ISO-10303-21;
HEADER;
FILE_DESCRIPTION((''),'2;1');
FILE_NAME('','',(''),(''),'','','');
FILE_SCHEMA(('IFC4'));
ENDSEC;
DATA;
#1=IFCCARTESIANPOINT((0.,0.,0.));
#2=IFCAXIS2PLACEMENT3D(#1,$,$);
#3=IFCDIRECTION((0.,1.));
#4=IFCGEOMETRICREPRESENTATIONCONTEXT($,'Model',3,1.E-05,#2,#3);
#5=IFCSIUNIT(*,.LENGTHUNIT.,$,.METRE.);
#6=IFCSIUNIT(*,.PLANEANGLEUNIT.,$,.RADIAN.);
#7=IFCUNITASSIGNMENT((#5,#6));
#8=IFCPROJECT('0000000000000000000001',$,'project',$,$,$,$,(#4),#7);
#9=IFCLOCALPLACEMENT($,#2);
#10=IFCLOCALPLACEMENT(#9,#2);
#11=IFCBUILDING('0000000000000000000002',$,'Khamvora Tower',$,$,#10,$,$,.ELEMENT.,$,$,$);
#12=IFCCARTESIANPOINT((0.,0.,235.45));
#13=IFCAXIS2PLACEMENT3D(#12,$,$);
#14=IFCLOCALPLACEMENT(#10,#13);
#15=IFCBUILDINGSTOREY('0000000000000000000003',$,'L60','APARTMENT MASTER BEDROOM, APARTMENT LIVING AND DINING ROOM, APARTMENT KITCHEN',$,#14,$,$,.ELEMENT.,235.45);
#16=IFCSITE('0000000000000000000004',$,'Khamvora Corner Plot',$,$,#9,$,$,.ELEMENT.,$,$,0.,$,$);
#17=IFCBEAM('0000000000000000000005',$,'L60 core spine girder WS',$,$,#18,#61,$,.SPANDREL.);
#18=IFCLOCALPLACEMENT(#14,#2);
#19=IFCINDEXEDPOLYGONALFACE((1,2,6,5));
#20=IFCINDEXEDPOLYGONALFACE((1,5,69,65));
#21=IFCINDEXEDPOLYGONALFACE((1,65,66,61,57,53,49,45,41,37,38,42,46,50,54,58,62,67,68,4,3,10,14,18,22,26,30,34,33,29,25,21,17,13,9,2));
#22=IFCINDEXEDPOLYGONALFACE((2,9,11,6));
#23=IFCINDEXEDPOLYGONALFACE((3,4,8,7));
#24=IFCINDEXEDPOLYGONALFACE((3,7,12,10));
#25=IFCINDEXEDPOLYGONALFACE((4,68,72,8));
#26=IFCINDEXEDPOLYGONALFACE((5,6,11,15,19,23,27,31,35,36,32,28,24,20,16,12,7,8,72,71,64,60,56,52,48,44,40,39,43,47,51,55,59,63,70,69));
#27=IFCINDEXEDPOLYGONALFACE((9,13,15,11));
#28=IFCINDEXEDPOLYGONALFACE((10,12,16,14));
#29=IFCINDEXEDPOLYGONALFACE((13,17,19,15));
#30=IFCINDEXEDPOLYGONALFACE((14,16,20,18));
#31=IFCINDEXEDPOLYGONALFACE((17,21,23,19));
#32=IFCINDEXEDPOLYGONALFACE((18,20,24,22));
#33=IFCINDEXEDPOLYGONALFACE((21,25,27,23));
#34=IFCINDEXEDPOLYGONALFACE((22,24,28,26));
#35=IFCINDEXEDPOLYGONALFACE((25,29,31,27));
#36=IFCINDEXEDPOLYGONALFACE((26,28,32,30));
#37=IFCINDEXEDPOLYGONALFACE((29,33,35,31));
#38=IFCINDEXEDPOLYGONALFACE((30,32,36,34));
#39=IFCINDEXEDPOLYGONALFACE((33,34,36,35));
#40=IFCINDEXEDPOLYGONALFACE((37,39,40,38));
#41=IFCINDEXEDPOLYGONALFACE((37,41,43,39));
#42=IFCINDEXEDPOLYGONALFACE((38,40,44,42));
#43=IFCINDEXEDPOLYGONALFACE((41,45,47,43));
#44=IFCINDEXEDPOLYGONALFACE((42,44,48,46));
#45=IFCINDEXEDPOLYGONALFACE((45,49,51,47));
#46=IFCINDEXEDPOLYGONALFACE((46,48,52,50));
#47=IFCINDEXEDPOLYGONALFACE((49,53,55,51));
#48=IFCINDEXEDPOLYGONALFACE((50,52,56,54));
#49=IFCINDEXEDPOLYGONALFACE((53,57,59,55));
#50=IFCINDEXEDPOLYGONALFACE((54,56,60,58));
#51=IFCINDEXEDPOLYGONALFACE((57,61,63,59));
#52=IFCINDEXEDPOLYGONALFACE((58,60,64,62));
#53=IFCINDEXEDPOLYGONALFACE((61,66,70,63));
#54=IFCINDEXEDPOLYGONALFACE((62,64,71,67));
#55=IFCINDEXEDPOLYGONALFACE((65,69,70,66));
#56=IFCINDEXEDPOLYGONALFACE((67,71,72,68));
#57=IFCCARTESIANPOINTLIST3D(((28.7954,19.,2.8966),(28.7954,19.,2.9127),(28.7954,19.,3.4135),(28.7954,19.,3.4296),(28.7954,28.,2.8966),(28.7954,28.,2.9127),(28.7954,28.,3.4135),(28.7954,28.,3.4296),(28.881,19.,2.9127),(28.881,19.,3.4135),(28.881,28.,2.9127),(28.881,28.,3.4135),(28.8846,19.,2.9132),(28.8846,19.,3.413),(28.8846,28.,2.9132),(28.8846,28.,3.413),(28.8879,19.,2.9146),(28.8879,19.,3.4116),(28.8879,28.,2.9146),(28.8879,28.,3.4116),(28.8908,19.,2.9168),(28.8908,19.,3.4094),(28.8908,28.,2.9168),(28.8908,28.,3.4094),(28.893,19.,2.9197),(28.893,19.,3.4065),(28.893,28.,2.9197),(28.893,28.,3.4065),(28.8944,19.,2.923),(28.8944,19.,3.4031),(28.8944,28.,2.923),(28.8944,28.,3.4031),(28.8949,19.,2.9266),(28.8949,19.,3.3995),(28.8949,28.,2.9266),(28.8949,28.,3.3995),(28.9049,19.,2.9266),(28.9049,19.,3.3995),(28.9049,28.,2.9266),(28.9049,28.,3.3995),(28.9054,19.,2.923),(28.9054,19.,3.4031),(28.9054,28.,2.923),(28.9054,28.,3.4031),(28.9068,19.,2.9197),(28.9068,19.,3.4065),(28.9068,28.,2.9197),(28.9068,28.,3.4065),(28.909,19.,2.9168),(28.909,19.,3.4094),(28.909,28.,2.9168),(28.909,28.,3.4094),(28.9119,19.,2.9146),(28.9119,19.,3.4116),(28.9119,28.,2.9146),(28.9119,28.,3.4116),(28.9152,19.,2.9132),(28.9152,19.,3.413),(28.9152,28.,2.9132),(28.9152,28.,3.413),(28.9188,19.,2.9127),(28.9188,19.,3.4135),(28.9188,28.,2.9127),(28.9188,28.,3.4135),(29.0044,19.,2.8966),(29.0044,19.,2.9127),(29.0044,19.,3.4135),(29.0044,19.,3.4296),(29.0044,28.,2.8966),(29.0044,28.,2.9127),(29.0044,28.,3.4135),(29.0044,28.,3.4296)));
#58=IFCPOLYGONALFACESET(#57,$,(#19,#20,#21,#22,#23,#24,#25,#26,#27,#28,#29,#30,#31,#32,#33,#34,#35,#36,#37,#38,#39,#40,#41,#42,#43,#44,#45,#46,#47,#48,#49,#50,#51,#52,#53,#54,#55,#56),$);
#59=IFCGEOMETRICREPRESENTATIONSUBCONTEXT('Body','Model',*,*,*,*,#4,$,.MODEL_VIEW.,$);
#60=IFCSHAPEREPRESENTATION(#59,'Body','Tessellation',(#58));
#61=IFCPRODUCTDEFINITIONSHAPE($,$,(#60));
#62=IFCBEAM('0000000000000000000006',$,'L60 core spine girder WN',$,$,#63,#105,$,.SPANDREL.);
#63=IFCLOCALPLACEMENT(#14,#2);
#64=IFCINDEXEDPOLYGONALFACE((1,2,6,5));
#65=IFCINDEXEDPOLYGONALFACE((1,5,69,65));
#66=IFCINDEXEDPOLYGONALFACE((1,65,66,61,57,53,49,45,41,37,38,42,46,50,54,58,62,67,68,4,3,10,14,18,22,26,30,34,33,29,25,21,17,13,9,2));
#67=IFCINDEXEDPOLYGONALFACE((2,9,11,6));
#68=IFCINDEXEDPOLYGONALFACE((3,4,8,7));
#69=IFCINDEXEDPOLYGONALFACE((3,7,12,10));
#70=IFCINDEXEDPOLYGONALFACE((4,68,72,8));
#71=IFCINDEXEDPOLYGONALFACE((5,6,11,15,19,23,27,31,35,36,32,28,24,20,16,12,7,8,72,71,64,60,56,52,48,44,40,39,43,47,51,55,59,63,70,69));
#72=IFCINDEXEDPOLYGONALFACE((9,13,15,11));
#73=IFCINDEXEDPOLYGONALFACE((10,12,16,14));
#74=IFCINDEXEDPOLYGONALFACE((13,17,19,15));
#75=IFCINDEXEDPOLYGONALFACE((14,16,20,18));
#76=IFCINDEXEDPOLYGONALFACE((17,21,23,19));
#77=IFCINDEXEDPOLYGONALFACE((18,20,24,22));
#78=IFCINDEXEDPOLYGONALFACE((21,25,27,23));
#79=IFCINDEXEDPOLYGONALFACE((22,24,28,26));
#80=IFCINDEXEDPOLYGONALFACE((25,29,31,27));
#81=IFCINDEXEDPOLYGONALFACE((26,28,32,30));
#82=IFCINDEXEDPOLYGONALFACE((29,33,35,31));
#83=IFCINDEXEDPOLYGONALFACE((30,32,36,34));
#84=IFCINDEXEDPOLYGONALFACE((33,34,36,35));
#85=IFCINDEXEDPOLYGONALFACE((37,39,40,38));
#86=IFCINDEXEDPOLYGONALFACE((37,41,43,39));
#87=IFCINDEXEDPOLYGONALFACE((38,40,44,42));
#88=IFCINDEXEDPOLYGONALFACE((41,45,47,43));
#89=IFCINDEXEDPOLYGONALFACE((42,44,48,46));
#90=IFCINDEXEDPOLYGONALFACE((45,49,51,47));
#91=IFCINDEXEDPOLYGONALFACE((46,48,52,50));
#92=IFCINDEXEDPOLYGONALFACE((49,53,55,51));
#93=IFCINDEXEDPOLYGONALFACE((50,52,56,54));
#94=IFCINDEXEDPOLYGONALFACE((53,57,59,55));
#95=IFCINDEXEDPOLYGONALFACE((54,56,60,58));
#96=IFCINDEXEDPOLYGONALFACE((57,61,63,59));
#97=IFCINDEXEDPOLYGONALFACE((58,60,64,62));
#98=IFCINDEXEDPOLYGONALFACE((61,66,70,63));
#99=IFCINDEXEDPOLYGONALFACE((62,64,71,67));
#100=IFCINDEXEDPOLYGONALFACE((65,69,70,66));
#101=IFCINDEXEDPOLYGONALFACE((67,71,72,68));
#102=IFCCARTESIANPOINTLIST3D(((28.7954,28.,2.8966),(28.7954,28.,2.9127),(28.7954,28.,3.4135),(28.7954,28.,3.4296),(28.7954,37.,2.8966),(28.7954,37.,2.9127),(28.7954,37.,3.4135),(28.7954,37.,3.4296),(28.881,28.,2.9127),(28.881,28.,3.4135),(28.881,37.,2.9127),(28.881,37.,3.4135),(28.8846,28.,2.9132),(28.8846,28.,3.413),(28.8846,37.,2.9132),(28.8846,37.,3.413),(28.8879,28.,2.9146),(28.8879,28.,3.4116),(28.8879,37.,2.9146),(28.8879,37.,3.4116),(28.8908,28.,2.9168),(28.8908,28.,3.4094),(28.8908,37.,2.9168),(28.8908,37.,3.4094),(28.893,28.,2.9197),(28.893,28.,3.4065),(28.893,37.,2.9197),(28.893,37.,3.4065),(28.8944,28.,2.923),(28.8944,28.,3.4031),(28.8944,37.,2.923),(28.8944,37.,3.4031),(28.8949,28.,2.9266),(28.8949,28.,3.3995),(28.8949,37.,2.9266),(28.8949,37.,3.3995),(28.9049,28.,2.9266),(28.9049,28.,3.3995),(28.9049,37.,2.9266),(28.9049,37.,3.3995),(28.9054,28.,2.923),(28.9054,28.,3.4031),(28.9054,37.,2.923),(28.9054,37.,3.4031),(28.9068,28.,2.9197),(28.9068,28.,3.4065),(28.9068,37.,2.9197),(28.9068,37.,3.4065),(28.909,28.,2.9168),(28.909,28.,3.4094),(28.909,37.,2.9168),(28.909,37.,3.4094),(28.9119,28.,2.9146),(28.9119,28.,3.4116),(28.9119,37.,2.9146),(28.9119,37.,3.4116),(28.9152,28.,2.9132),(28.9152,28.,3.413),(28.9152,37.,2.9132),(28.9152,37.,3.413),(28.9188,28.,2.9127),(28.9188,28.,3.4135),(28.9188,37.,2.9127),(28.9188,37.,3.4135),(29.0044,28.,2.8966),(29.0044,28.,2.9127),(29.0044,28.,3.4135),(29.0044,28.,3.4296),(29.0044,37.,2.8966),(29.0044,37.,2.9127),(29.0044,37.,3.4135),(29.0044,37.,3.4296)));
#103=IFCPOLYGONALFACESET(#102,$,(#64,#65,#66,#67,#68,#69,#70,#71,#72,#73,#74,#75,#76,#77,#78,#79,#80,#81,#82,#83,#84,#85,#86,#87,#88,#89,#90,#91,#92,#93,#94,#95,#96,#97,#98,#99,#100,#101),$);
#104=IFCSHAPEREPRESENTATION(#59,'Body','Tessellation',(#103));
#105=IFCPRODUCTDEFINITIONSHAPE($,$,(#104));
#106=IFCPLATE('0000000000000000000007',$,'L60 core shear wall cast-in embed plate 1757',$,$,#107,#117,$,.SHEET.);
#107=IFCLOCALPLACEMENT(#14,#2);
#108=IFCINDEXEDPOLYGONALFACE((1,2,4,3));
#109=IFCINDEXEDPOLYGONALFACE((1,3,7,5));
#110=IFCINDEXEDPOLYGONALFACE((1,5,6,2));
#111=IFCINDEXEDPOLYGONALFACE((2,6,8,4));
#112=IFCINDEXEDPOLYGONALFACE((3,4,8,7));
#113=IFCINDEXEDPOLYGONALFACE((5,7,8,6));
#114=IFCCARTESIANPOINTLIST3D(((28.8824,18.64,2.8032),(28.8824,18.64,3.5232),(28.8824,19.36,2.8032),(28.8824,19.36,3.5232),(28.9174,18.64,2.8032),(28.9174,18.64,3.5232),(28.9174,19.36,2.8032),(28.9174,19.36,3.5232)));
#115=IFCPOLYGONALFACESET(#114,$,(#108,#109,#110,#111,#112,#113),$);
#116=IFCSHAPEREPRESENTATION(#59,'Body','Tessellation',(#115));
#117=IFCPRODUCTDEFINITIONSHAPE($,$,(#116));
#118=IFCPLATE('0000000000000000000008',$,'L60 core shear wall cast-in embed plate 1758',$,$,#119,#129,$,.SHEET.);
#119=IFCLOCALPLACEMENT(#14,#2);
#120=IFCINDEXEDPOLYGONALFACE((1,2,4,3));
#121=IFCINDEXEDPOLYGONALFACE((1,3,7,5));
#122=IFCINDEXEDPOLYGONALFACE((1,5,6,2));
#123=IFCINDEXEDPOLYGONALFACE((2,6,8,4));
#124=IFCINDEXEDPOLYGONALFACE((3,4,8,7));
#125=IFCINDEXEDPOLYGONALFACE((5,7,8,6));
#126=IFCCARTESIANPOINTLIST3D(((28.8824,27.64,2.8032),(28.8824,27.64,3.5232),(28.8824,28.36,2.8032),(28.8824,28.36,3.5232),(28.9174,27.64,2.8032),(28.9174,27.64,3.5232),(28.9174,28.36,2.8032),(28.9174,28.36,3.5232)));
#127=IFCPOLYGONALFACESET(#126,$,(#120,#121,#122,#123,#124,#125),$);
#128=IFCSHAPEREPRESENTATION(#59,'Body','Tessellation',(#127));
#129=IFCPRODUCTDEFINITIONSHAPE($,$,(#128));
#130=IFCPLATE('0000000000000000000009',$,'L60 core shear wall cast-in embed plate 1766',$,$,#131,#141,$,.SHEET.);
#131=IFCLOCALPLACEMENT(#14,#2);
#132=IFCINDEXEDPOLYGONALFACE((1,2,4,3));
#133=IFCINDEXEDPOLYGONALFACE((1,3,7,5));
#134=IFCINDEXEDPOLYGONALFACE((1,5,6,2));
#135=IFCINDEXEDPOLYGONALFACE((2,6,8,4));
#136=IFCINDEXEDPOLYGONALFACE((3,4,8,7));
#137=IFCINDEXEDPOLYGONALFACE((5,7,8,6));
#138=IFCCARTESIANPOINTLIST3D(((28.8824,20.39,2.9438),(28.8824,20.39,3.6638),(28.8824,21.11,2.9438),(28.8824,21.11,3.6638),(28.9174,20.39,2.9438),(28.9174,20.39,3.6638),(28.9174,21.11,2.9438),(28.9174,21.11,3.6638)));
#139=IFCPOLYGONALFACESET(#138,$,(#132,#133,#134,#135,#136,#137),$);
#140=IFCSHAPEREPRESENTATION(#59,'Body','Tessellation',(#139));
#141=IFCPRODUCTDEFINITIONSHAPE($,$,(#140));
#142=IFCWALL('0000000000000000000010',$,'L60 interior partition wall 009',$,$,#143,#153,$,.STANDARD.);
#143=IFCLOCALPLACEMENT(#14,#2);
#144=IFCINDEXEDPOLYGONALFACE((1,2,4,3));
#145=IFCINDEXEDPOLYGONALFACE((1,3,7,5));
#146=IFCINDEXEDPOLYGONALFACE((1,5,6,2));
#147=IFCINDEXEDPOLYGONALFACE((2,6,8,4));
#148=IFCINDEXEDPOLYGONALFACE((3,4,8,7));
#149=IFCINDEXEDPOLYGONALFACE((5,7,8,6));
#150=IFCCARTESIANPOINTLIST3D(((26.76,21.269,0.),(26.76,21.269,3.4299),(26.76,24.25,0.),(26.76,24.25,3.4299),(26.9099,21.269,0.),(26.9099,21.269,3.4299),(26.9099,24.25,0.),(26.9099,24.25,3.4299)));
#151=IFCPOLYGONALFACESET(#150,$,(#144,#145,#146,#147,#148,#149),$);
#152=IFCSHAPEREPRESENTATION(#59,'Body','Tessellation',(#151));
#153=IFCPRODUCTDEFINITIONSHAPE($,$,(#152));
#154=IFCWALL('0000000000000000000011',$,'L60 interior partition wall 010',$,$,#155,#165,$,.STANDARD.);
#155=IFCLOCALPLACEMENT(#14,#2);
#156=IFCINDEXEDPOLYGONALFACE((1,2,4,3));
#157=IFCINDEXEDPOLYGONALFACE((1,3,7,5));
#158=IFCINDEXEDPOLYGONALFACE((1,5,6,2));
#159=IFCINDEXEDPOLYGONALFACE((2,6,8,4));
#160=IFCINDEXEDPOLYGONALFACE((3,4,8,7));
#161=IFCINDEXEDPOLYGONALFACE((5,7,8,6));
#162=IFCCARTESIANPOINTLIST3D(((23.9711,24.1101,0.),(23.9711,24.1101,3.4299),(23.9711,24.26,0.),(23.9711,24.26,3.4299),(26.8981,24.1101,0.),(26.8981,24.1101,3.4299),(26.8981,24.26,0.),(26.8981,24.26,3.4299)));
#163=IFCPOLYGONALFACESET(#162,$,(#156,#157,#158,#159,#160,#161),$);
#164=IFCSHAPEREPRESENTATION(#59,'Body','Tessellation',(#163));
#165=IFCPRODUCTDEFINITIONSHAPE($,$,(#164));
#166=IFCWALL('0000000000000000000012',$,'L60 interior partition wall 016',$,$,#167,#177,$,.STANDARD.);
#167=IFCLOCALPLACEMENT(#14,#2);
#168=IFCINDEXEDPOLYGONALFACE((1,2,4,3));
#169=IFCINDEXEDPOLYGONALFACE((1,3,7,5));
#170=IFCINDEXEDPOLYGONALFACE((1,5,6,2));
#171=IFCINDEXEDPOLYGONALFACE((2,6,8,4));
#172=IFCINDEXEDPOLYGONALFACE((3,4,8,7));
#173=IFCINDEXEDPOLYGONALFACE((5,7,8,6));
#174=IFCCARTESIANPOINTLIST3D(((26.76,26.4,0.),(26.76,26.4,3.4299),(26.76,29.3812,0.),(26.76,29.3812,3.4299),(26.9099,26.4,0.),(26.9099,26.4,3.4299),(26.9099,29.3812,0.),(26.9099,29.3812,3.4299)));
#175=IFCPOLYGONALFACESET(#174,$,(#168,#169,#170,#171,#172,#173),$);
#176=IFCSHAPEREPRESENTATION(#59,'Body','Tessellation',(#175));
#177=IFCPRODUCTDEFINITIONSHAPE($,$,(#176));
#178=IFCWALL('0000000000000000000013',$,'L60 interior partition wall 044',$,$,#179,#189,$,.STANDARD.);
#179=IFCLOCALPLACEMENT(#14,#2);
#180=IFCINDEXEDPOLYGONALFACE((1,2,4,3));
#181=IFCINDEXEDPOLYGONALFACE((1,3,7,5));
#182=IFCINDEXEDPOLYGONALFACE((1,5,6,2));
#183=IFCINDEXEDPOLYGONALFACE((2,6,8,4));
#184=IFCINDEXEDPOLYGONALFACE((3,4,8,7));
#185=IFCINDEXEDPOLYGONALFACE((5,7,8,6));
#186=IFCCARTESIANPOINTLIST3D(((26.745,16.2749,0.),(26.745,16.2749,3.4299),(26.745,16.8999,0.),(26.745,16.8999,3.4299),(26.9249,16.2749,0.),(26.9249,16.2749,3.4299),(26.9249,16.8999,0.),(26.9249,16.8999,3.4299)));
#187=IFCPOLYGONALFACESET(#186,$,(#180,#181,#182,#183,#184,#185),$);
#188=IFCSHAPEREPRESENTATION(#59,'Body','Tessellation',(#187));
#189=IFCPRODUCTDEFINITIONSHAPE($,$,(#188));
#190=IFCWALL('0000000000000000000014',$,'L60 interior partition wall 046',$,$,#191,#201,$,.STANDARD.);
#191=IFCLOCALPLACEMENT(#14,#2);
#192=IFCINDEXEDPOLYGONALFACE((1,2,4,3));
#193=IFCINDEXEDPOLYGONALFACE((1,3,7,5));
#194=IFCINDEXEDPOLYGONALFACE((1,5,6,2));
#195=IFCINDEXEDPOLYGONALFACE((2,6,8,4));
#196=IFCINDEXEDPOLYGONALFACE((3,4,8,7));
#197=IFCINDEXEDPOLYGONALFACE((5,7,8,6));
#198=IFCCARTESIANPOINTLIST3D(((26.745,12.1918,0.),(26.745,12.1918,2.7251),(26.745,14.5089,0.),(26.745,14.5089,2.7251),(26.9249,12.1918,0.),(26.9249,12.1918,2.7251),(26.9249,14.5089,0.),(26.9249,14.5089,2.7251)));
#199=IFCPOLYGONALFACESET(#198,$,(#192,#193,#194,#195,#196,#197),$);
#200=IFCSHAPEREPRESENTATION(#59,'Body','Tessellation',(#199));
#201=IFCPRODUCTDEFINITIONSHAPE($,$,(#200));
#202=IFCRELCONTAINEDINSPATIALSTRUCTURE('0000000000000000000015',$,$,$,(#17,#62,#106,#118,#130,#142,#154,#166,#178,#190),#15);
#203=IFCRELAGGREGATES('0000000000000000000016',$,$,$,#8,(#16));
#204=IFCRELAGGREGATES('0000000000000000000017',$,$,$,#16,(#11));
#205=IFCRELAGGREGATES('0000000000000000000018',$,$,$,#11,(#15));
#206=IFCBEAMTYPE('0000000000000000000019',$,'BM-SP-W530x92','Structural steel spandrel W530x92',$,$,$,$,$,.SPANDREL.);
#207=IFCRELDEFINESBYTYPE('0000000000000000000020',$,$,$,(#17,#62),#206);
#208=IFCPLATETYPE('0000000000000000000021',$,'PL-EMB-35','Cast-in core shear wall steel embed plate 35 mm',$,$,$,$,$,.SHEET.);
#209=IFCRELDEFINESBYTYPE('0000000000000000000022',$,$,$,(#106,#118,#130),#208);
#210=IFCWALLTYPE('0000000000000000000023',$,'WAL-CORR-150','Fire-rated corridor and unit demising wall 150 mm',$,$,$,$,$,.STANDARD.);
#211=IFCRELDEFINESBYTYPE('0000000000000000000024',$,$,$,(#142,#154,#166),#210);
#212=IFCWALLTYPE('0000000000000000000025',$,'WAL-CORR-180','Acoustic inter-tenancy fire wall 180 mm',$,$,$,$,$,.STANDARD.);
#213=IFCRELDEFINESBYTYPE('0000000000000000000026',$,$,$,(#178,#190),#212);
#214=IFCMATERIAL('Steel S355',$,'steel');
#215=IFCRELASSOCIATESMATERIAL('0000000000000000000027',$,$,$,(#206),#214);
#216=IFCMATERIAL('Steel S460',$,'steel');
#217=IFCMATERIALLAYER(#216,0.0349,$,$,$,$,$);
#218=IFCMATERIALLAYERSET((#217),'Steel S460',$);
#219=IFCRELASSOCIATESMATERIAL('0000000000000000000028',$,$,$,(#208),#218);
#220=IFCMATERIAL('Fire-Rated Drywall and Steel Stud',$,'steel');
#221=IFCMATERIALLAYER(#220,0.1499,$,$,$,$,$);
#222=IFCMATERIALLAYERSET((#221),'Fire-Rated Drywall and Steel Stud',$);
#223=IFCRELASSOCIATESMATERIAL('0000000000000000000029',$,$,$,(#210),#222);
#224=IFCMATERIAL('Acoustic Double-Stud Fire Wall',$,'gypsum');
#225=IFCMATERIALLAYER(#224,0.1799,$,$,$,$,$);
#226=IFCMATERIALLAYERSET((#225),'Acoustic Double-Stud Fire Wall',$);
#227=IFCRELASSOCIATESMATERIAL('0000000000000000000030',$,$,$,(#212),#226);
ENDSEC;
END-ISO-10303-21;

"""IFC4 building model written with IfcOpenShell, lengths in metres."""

from ifc_helpers import new_model, si_unit, direction, frame, frame_2d, origin, origin_2d, place, context, subcontext, project, spatial, rectangle, i_section, extrude, material, layer, layer_set, material_profile, profile_set, type_object, element, save


model = new_model("IFC4")

# Units and contexts
model_context = context("Model", 3, precision=1e-05, world=origin(), true_north=direction((0.0, 1.0)))
body_context = subcontext(model_context, "Body", "Model", "MODEL_VIEW")
ifc_project = project(units=[si_unit("LENGTHUNIT", "METRE"), si_unit("PLANEANGLEUNIT", "RADIAN")], contexts=[model_context])

# Site, building, storey
site_placement = place(None, origin())
site = spatial("IfcSite", under=ifc_project, at=site_placement, Name="Khamvora Corner Plot", CompositionType="ELEMENT", RefElevation=0.0)
building_placement = place(site_placement, origin())
building = spatial("IfcBuilding", under=site, at=building_placement, Name="Khamvora Tower", CompositionType="ELEMENT")
storey_placement = place(building_placement, frame((0.0, 0.0, 235.45)))
storey = spatial("IfcBuildingStorey", under=building, at=storey_placement, Name="L60", Description="APARTMENT MASTER BEDROOM, APARTMENT LIVING AND DINING ROOM, APARTMENT KITCHEN", CompositionType="ELEMENT", Elevation=235.45)

# Beams
ifc_material_1 = material(Name="Steel S355", Category="steel")
ifc_material_profile_1 = material_profile(ifc_material_1, i_section(OverallWidth=0.209, OverallDepth=0.533, WebThickness=0.01, FlangeThickness=0.0161, FilletRadius=0.0139, at=origin_2d()), Name="W530x92")
ifc_profile_set_1 = profile_set([ifc_material_profile_1], Name="Steel S355")
beam_type_1 = type_object("IfcBeamType", Name="BM-SP-W530x92", Description="Structural steel spandrel W530x92", PredefinedType="SPANDREL", material=ifc_profile_set_1)
for number, where, z_axis, x_axis, name in (
    (1, (28.8999, 19.0, 3.1631), (0.0, 1.0, 0.0), (-1.0, 0.0, 0.0), "L60 core spine girder WS"),
    (2, (28.8999, 28.0, 3.1631), (0.0, 1.0, 0.0), (-1.0, 0.0, 0.0), "L60 core spine girder WN"),
):
    element("IfcBeam", number, at=place(storey_placement, frame(where, z_axis=z_axis, x_axis=x_axis)), inside=storey, type_object=beam_type_1, Name=name, PredefinedType="SPANDREL", context=body_context, shape_type="SweptSolid", body=[
        extrude(i_section(OverallWidth=0.209, OverallDepth=0.533, WebThickness=0.01, FlangeThickness=0.0161, FilletRadius=0.0139, at=origin_2d()), origin(), (0.0, 0.0, 1.0), 9.0),
    ])

# Plates
ifc_material_2 = material(Name="Steel S460", Category="steel")
ifc_layer_1 = layer(ifc_material_2, 0.0349)
ifc_layer_set_1 = layer_set([ifc_layer_1], Name="Steel S460")
plate_type = type_object("IfcPlateType", Name="PL-EMB-35", Description="Cast-in core shear wall steel embed plate 35 mm", PredefinedType="SHEET", material=ifc_layer_set_1)
for number, where, z_axis, x_axis, name in (
    (3, (28.8999, 19.0, 2.8032), (0.0, 0.0, 1.0), (1.0, 0.0, 0.0), "L60 core shear wall cast-in embed plate 1757"),
    (4, (28.8999, 28.0, 2.8032), (0.0, 0.0, 1.0), (1.0, 0.0, 0.0), "L60 core shear wall cast-in embed plate 1758"),
    (5, (28.8999, 20.75, 2.9438), (0.0, 0.0, 1.0), (1.0, 0.0, 0.0), "L60 core shear wall cast-in embed plate 1766"),
):
    element("IfcPlate", number, at=place(storey_placement, frame(where, z_axis=z_axis, x_axis=x_axis)), inside=storey, type_object=plate_type, Name=name, PredefinedType="SHEET", context=body_context, shape_type="SweptSolid", body=[
        extrude(rectangle(XDim=0.0349, YDim=0.72, at=origin_2d()), origin(), (0.0, 0.0, 1.0), 0.72),
    ])

# Shared definitions
ifc_material_3 = material(Name="Fire-Rated Drywall and Steel Stud", Category="steel")
ifc_layer_2 = layer(ifc_material_3, 0.1499)
ifc_layer_set_2 = layer_set([ifc_layer_2], Name="Fire-Rated Drywall and Steel Stud")
wall_type_1 = type_object("IfcWallType", Name="WAL-CORR-150", Description="Fire-rated corridor and unit demising wall 150 mm", PredefinedType="STANDARD", material=ifc_layer_set_2)

# Walls
wall_1_placement = place(storey_placement, frame((26.835, 21.269, 0.0), z_axis=(0.0, 0.0, 1.0), x_axis=(0.0, 1.0, 0.0)))
element("IfcWall", 6, at=wall_1_placement, inside=storey, type_object=wall_type_1, Name="L60 interior partition wall 009", PredefinedType="STANDARD", context=body_context, shape_type="SweptSolid", body=[
    extrude(rectangle(XDim=2.981, YDim=0.1499, at=frame_2d((1.4905, 0.0))), origin(), (0.0, 0.0, 1.0), 3.4299),
])
wall_2_placement = place(storey_placement, frame((26.8979, 24.1851, 0.0), z_axis=(0.0, 0.0, 1.0), x_axis=(-1.0, 0.0, 0.0)))
element("IfcWall", 7, at=wall_2_placement, inside=storey, type_object=wall_type_1, Name="L60 interior partition wall 010", PredefinedType="STANDARD", context=body_context, shape_type="SweptSolid", body=[
    extrude(rectangle(XDim=2.927, YDim=0.1499, at=frame_2d((1.4634, 0.0))), origin(), (0.0, 0.0, 1.0), 3.4299),
])
wall_3_placement = place(storey_placement, frame((26.835, 26.3999, 0.0), z_axis=(0.0, 0.0, 1.0), x_axis=(0.0, 1.0, 0.0)))
element("IfcWall", 8, at=wall_3_placement, inside=storey, type_object=wall_type_1, Name="L60 interior partition wall 016", PredefinedType="STANDARD", context=body_context, shape_type="SweptSolid", body=[
    extrude(rectangle(XDim=2.9812, YDim=0.1499, at=frame_2d((1.4907, 0.0))), origin(), (0.0, 0.0, 1.0), 3.4299),
])
ifc_material_4 = material(Name="Acoustic Double-Stud Fire Wall", Category="gypsum")
ifc_layer_3 = layer(ifc_material_4, 0.1799)
ifc_layer_set_3 = layer_set([ifc_layer_3], Name="Acoustic Double-Stud Fire Wall")
wall_type_2 = type_object("IfcWallType", Name="WAL-CORR-180", Description="Acoustic inter-tenancy fire wall 180 mm", PredefinedType="STANDARD", material=ifc_layer_set_3)
wall_4_placement = place(storey_placement, frame((26.835, 16.8999, 0.0), z_axis=(0.0, 0.0, 1.0), x_axis=(0.0, -1.0, 0.0)))
element("IfcWall", 9, at=wall_4_placement, inside=storey, type_object=wall_type_2, Name="L60 interior partition wall 044", PredefinedType="STANDARD", context=body_context, shape_type="SweptSolid", body=[
    extrude(rectangle(XDim=0.625, YDim=0.1799, at=frame_2d((0.3125, 0.0))), origin(), (0.0, 0.0, 1.0), 3.4299),
])
wall_5_placement = place(storey_placement, frame((26.835, 14.509, 0.0), z_axis=(0.0, 0.0, 1.0), x_axis=(0.0, -1.0, 0.0)))
element("IfcWall", 10, at=wall_5_placement, inside=storey, type_object=wall_type_2, Name="L60 interior partition wall 046", PredefinedType="STANDARD", context=body_context, shape_type="SweptSolid", body=[
    extrude(rectangle(XDim=2.3171, YDim=0.1799, at=frame_2d((1.1587, 0.0))), origin(), (0.0, 0.0, 1.0), 2.7251),
])

save(model, "model.ifc")
